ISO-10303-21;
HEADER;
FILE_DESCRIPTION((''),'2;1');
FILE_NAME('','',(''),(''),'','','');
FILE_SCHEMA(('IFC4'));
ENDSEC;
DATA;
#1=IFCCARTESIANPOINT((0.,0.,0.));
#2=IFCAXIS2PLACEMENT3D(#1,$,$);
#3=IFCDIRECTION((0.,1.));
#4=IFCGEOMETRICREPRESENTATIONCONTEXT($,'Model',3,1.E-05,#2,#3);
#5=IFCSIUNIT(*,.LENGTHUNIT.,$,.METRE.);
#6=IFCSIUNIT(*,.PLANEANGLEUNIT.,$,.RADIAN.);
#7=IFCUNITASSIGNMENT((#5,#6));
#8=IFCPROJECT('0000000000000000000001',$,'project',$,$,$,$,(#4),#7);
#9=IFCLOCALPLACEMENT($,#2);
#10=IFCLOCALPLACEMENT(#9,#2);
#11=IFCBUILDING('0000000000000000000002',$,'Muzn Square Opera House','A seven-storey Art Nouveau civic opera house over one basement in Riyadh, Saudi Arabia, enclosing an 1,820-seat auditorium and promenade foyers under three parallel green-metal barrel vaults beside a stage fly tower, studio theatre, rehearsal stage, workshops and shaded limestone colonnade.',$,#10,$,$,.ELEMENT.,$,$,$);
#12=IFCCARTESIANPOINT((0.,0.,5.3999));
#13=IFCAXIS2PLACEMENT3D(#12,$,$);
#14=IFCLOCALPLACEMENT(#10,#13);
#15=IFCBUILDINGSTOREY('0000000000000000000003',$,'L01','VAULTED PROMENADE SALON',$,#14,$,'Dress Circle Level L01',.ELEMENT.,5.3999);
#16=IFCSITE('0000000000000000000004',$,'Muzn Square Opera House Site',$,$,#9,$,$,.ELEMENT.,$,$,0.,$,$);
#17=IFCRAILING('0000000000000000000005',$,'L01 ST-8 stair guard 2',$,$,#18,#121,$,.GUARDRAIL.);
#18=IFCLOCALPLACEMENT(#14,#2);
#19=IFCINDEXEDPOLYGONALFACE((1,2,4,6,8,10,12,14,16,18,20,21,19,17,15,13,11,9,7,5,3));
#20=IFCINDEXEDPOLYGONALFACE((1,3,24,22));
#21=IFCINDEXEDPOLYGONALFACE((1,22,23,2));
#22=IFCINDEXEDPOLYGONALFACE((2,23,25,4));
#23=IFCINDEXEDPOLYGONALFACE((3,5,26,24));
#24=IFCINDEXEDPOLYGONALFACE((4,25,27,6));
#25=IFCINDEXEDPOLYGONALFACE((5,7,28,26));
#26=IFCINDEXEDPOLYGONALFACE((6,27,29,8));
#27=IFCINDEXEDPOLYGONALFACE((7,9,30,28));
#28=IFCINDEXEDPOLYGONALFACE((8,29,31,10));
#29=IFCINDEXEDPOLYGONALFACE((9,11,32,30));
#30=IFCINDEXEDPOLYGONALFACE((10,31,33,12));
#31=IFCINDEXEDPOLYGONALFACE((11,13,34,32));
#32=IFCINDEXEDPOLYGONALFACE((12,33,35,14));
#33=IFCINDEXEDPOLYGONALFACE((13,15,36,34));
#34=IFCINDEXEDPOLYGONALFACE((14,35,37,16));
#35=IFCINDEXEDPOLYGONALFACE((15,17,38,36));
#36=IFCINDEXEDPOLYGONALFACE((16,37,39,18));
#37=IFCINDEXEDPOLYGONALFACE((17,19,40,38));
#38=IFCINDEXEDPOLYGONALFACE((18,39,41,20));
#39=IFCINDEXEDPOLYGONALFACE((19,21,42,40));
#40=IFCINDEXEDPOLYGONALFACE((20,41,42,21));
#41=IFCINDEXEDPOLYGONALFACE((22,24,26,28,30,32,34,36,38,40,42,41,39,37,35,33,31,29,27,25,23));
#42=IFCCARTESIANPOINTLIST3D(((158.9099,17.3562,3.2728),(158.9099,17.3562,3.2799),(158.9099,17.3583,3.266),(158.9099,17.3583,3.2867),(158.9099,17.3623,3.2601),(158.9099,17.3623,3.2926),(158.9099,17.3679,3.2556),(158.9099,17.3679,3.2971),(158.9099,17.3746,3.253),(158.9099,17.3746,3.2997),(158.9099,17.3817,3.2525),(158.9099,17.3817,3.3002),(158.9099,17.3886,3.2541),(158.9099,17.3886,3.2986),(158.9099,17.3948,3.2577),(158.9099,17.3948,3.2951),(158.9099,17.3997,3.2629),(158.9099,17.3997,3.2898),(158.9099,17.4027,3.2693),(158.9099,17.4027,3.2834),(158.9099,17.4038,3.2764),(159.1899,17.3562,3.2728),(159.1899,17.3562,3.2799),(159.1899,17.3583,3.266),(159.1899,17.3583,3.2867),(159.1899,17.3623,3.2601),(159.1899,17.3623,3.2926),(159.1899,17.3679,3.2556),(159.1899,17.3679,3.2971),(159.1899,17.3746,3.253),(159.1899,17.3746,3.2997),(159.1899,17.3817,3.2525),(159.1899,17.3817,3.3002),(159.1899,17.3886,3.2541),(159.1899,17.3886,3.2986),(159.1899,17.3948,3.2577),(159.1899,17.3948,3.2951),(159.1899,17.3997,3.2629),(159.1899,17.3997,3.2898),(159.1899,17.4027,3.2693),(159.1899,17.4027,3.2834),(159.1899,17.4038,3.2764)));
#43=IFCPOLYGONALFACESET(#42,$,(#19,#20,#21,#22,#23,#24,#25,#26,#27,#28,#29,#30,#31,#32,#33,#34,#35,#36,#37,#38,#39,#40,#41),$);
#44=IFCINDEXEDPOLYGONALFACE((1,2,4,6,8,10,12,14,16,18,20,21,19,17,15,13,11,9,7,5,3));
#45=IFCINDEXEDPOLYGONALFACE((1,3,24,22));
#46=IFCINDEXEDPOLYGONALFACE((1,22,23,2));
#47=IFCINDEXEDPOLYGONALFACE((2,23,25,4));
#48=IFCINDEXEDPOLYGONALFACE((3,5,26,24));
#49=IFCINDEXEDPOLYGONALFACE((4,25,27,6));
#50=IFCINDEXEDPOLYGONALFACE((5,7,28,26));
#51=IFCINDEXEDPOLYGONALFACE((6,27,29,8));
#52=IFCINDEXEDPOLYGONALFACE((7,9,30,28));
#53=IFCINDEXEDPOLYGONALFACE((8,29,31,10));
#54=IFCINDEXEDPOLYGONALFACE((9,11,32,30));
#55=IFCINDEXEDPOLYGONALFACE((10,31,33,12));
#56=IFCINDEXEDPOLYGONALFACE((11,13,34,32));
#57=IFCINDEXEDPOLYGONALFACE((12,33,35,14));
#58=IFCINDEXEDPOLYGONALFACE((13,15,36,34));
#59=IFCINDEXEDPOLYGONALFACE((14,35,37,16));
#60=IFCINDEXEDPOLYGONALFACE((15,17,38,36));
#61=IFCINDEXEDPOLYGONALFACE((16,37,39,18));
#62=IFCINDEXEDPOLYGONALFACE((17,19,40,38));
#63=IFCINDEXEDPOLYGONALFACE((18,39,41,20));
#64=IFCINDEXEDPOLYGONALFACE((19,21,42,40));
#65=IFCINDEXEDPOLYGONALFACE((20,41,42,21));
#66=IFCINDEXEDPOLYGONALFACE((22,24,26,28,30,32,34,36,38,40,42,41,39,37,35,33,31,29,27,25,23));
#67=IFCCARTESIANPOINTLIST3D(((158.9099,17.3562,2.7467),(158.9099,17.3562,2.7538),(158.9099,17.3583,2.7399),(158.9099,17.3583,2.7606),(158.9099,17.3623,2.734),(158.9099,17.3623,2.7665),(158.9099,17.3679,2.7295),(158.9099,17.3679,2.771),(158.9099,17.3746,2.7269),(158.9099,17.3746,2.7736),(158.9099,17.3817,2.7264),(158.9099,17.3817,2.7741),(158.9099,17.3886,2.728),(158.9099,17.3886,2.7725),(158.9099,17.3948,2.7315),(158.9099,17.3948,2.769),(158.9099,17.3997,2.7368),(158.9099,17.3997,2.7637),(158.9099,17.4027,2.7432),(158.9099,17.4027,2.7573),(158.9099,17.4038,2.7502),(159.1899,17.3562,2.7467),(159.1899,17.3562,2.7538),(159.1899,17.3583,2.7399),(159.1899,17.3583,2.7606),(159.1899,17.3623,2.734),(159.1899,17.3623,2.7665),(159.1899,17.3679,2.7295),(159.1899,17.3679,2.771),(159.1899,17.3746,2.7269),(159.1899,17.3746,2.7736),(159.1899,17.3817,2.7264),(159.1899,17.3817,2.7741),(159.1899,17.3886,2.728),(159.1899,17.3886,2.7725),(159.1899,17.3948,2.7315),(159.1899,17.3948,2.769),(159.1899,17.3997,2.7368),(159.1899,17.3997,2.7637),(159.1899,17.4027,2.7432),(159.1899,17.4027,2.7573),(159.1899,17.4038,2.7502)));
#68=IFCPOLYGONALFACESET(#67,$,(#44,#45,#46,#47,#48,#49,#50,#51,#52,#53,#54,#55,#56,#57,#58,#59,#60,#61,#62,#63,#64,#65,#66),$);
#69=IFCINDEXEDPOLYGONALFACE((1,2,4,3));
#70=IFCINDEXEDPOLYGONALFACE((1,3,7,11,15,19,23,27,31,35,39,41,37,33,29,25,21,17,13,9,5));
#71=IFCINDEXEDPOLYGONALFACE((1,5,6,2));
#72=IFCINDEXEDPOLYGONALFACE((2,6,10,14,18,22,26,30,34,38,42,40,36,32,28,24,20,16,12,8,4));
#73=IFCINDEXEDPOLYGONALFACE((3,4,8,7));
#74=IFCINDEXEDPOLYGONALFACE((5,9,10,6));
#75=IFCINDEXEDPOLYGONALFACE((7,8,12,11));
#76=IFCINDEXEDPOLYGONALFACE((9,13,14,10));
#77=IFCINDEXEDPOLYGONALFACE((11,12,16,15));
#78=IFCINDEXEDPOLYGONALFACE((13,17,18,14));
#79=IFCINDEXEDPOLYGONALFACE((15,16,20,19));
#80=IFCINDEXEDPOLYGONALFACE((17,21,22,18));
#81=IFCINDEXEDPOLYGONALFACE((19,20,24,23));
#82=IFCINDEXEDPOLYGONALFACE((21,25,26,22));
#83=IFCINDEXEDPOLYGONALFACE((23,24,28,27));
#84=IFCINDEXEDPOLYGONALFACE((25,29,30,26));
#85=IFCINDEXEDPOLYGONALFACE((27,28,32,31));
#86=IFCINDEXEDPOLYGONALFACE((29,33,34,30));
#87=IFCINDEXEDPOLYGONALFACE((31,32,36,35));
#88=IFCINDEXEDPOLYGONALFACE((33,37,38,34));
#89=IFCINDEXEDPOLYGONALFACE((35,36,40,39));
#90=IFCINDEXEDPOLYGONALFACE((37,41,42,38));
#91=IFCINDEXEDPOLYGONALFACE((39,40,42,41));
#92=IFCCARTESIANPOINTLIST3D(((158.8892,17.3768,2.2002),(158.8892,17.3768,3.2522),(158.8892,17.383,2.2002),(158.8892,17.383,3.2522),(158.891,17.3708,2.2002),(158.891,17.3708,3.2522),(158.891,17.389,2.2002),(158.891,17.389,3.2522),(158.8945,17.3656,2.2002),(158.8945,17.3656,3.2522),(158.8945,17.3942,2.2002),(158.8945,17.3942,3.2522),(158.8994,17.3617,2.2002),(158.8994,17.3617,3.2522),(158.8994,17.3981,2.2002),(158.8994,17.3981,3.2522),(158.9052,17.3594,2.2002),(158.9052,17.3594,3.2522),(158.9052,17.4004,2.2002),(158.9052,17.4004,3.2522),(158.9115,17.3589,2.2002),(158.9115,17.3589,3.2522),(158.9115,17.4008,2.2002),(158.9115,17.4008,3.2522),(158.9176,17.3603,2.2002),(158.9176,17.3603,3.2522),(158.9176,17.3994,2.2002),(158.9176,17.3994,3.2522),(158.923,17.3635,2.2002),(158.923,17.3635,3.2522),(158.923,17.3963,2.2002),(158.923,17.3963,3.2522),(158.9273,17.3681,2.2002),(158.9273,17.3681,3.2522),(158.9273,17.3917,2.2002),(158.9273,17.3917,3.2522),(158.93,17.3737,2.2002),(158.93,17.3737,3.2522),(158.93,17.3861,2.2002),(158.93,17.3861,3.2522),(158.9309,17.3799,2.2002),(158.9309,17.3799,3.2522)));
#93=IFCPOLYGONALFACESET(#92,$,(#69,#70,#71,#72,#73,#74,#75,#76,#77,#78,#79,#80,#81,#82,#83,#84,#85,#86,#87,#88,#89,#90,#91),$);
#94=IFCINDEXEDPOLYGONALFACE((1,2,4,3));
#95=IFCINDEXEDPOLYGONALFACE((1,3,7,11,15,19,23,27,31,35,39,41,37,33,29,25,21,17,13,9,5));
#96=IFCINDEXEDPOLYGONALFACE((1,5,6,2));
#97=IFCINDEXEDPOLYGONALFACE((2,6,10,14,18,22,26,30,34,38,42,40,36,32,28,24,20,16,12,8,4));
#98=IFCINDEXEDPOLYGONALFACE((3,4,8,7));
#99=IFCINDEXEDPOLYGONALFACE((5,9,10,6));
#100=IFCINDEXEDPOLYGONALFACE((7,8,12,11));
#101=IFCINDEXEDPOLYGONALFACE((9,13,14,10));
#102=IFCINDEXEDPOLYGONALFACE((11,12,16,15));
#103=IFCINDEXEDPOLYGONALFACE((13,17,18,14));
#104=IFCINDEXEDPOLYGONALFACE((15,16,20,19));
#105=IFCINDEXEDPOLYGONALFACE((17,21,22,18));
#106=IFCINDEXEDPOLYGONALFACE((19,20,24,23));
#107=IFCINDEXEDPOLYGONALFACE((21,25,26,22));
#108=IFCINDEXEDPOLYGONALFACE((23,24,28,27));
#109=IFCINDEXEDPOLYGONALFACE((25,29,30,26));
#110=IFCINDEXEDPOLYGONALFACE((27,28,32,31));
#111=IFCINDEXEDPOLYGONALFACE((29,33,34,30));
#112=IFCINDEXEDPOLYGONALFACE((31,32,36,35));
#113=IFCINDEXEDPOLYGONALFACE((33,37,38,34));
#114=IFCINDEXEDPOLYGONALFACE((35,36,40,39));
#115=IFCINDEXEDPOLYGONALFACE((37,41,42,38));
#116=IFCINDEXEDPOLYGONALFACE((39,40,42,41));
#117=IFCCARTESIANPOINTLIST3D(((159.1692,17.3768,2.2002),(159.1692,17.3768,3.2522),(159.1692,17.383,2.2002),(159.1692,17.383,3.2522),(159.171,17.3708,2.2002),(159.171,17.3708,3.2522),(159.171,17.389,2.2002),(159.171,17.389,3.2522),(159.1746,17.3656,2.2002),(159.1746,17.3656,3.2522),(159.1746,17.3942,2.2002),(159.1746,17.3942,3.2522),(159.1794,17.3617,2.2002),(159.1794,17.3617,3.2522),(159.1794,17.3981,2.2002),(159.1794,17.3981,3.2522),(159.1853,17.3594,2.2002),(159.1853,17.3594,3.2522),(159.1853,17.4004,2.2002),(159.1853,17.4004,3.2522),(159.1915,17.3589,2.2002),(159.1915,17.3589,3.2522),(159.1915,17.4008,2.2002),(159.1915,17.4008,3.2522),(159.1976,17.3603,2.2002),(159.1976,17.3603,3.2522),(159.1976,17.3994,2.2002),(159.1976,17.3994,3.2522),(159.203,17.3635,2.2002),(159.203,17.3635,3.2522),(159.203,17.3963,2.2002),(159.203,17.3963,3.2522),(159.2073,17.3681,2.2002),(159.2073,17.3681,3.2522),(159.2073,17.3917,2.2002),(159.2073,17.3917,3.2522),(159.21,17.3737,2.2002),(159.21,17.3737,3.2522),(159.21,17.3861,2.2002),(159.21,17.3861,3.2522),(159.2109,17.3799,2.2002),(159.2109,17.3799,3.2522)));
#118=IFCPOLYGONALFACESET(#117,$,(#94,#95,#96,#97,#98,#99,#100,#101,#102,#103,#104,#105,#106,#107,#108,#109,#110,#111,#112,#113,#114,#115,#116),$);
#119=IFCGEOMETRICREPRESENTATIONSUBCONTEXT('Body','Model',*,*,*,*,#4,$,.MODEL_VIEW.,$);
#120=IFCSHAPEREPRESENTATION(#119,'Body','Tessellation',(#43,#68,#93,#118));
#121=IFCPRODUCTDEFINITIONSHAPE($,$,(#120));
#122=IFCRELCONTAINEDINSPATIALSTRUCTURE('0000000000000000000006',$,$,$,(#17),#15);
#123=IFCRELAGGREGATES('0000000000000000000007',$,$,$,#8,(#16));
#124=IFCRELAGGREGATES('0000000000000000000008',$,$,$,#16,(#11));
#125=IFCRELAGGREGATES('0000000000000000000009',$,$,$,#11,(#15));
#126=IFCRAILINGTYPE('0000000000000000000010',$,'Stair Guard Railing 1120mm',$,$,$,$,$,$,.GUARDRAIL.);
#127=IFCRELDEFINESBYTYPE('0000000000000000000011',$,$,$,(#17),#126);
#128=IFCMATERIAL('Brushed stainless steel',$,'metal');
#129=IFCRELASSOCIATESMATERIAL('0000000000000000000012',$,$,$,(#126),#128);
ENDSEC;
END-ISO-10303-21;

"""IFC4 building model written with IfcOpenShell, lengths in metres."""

from ifc_helpers import new_model, si_unit, direction, frame, origin, origin_2d, place, context, subcontext, project, spatial, circle, extrude, material, type_object, element, save


model = new_model("IFC4")

# Units and contexts
model_context = context("Model", 3, precision=1e-05, world=origin(), true_north=direction((0.0, 1.0)))
body_context = subcontext(model_context, "Body", "Model", "MODEL_VIEW")
ifc_project = project(units=[si_unit("LENGTHUNIT", "METRE"), si_unit("PLANEANGLEUNIT", "RADIAN")], contexts=[model_context])

# Site, building, storey
site_placement = place(None, origin())
site = spatial("IfcSite", under=ifc_project, at=site_placement, Name="Muzn Square Opera House Site", CompositionType="ELEMENT", RefElevation=0.0)
building_placement = place(site_placement, origin())
building = spatial("IfcBuilding", under=site, at=building_placement, Name="Muzn Square Opera House", Description="A seven-storey Art Nouveau civic opera house over one basement in Riyadh, Saudi Arabia, enclosing an 1,820-seat auditorium and promenade foyers under three parallel green-metal barrel vaults beside a stage fly tower, studio theatre, rehearsal stage, workshops and shaded limestone colonnade.", CompositionType="ELEMENT")
storey_placement = place(building_placement, frame((0.0, 0.0, 5.3999)))
storey = spatial("IfcBuildingStorey", under=building, at=storey_placement, Name="L01", Description="VAULTED PROMENADE SALON", LongName="Dress Circle Level L01", CompositionType="ELEMENT", Elevation=5.3999)

# Railing
ifc_material_1 = material(Name="Brushed stainless steel", Category="metal")
railing_type_1 = type_object("IfcRailingType", Name="Stair Guard Railing 1120mm", PredefinedType="GUARDRAIL", material=ifc_material_1)
railing_1_placement = place(storey_placement, frame((158.9099, 17.3799, 2.2002)))
element("IfcRailing", 1, at=railing_1_placement, inside=storey, type_object=railing_type_1, Name="L01 ST-8 stair guard 2", PredefinedType="GUARDRAIL", context=body_context, shape_type="SweptSolid", body=[
    extrude(circle(Radius=0.0239, at=origin_2d()), frame((0.0, 0.0, 1.0762), z_axis=(1.0, 0.0, 0.0), x_axis=(0.0, 1.0, 0.0)), (0.0, 0.0, 1.0), 0.28),
    extrude(circle(Radius=0.0239, at=origin_2d()), frame((0.0, 0.0, 0.55), z_axis=(1.0, 0.0, 0.0), x_axis=(0.0, 1.0, 0.0)), (0.0, 0.0, 1.0), 0.28),
    extrude(circle(Radius=0.021, at=origin_2d()), origin(), (0.0, 0.0, 1.0), 1.052),
    extrude(circle(Radius=0.021, at=origin_2d()), frame((0.28, 0.0, 0.0)), (0.0, 0.0, 1.0), 1.052),
])

save(model, "model.ifc")
